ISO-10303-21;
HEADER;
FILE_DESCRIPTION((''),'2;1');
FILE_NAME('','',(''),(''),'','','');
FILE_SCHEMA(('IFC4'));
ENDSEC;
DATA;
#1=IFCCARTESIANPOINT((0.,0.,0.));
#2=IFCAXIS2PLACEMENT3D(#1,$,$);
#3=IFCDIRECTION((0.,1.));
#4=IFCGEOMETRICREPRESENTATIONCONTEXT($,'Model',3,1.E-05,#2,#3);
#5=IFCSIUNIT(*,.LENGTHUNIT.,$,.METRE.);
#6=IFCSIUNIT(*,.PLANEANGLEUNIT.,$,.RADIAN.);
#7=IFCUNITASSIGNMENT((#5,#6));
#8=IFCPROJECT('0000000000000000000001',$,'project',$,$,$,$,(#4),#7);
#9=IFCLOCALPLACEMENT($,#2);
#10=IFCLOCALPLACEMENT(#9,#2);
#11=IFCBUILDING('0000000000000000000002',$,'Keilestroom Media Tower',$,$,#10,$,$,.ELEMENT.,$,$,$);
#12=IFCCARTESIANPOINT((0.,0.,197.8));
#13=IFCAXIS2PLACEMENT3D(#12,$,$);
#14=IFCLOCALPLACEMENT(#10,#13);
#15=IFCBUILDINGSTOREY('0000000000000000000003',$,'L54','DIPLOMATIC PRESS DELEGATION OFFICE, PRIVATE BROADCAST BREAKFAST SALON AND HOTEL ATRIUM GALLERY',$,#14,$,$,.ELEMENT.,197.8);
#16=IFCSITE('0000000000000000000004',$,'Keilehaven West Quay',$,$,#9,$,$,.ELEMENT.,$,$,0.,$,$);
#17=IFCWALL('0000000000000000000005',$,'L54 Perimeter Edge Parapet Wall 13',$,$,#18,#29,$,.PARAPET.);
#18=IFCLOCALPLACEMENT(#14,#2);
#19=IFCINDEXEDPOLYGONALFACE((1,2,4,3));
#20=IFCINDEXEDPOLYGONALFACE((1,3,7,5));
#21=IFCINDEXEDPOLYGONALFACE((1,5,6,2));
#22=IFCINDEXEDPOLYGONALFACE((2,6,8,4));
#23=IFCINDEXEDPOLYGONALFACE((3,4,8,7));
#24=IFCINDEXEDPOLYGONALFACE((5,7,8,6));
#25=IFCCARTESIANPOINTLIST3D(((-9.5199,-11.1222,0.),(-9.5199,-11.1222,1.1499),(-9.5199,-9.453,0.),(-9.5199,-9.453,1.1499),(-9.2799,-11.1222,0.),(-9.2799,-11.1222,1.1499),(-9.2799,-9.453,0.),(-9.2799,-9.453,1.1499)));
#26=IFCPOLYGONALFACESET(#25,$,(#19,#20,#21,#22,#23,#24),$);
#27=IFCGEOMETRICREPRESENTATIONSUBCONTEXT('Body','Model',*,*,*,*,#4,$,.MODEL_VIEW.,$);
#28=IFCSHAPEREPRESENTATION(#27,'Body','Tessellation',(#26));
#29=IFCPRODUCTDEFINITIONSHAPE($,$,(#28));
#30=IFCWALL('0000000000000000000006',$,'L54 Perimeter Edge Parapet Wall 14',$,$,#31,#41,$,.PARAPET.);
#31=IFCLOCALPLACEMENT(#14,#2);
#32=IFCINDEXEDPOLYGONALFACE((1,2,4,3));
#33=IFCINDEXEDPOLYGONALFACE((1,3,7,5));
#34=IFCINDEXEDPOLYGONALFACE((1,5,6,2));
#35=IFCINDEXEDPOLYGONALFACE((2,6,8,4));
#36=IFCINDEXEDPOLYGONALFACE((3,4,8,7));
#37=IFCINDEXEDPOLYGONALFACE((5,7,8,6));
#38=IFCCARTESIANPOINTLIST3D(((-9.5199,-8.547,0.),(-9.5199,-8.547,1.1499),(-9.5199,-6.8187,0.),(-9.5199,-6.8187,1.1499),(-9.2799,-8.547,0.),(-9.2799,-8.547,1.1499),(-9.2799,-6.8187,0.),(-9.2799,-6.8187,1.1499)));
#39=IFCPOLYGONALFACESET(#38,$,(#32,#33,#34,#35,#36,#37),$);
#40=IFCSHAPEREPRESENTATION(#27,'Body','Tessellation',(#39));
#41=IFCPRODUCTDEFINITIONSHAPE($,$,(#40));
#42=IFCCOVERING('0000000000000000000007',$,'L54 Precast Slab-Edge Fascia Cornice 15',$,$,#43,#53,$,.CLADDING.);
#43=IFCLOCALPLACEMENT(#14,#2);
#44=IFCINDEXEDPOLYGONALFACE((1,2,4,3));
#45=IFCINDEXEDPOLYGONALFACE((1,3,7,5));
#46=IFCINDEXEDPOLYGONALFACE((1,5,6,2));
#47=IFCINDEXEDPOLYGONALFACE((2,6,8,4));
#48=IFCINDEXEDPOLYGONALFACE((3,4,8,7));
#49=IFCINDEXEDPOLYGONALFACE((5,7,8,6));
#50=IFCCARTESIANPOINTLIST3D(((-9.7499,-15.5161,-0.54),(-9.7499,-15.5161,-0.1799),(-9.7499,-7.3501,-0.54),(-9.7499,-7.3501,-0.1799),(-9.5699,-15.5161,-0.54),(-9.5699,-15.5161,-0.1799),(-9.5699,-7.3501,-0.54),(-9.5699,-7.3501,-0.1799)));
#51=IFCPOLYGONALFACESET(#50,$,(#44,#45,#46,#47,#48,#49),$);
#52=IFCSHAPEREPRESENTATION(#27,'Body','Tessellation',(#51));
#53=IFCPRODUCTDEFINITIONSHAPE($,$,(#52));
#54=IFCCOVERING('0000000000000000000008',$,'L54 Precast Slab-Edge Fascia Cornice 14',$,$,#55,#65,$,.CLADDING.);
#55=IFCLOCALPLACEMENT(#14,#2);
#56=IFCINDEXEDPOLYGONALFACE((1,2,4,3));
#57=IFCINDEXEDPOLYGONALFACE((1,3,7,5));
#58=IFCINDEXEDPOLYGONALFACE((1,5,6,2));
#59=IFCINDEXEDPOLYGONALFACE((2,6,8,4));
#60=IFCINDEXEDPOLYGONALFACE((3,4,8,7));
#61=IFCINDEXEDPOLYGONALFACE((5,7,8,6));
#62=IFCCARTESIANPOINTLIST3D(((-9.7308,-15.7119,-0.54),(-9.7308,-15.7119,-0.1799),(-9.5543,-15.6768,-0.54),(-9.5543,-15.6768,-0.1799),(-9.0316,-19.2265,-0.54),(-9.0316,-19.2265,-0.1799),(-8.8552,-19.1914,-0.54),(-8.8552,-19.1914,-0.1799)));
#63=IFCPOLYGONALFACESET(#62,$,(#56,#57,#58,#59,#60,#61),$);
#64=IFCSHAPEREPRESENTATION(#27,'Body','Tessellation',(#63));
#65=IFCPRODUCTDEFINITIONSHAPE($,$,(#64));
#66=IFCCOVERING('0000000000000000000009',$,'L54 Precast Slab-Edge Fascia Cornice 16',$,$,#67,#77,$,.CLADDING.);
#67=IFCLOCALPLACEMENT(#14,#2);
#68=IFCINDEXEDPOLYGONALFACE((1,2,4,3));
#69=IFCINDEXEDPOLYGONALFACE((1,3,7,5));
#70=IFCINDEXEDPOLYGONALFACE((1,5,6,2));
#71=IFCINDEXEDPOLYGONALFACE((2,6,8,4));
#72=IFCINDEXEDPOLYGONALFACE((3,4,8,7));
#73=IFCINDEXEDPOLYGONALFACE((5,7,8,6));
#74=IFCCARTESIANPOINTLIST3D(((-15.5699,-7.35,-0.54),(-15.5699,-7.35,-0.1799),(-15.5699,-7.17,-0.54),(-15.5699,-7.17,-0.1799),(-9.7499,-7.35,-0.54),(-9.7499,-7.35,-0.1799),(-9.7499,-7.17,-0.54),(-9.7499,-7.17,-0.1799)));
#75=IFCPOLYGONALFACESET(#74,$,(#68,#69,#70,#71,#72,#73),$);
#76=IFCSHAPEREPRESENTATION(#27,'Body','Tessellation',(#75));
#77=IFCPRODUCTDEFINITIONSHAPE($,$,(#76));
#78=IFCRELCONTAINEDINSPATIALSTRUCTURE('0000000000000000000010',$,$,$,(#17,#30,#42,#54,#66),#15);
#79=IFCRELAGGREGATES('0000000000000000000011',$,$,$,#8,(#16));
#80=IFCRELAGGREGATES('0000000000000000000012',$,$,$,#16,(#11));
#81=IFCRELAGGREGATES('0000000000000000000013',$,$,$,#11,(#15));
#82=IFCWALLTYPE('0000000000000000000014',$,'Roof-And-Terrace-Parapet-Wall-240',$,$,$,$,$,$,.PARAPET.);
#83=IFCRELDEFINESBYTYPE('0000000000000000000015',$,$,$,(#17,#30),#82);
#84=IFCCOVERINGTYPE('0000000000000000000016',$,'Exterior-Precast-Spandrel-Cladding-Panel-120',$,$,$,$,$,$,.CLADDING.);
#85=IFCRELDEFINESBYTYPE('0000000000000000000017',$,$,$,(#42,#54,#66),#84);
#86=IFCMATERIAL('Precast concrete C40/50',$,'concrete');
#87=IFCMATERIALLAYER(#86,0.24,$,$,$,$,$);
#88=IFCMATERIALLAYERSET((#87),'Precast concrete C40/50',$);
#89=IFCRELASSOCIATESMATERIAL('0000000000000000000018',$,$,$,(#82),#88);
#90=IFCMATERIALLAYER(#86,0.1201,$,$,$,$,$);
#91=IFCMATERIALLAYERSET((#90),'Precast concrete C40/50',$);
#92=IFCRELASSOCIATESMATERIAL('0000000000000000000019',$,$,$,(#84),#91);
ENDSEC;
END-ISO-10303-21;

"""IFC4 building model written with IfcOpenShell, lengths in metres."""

from ifc_helpers import new_model, si_unit, direction, frame, frame_2d, origin, origin_2d, place, context, subcontext, project, spatial, rectangle, extrude, source, transform, mapped, material, layer, layer_set, type_object, element, save


model = new_model("IFC4")

# Units and contexts
model_context = context("Model", 3, precision=1e-05, world=origin(), true_north=direction((0.0, 1.0)))
body_context = subcontext(model_context, "Body", "Model", "MODEL_VIEW")
ifc_project = project(units=[si_unit("LENGTHUNIT", "METRE"), si_unit("PLANEANGLEUNIT", "RADIAN")], contexts=[model_context])

# Site, building, storey
site_placement = place(None, origin())
site = spatial("IfcSite", under=ifc_project, at=site_placement, Name="Keilehaven West Quay", CompositionType="ELEMENT", RefElevation=0.0)
building_placement = place(site_placement, origin())
building = spatial("IfcBuilding", under=site, at=building_placement, Name="Keilestroom Media Tower", CompositionType="ELEMENT")
storey_placement = place(building_placement, frame((0.0, 0.0, 197.8)))
storey = spatial("IfcBuildingStorey", under=building, at=storey_placement, Name="L54", Description="DIPLOMATIC PRESS DELEGATION OFFICE, PRIVATE BROADCAST BREAKFAST SALON AND HOTEL ATRIUM GALLERY", CompositionType="ELEMENT", Elevation=197.8)

# Shared definitions
ifc_material_1 = material(Name="Precast concrete C40/50", Category="concrete")

# Walls
ifc_layer_1 = layer(ifc_material_1, 0.24)
ifc_layer_set_1 = layer_set([ifc_layer_1], Name="Precast concrete C40/50")
wall_type_1 = type_object("IfcWallType", Name="Roof-And-Terrace-Parapet-Wall-240", PredefinedType="PARAPET", material=ifc_layer_set_1)
wall_1_placement = place(storey_placement, frame((-9.3999, -11.1221, 0.0), z_axis=(0.0, 0.0, 1.0), x_axis=(0.0, 1.0, 0.0)))
element("IfcWall", 1, at=wall_1_placement, inside=storey, type_object=wall_type_1, Name="L54 Perimeter Edge Parapet Wall 13", PredefinedType="PARAPET", context=body_context, shape_type="SweptSolid", body=[
    extrude(rectangle(XDim=1.6692, YDim=0.24, at=frame_2d((0.8345, 0.0))), origin(), (0.0, 0.0, 1.0), 1.1499),
])
wall_2_placement = place(storey_placement, frame((-9.3999, -8.5471, 0.0), z_axis=(0.0, 0.0, 1.0), x_axis=(0.0, 1.0, 0.0)))
element("IfcWall", 2, at=wall_2_placement, inside=storey, type_object=wall_type_1, Name="L54 Perimeter Edge Parapet Wall 14", PredefinedType="PARAPET", context=body_context, shape_type="SweptSolid", body=[
    extrude(rectangle(XDim=1.7283, YDim=0.24, at=frame_2d((0.8643, 0.0))), origin(), (0.0, 0.0, 1.0), 1.1499),
])

# Coverings
ifc_layer_2 = layer(ifc_material_1, 0.1201)
ifc_layer_set_2 = layer_set([ifc_layer_2], Name="Precast concrete C40/50")
covering_type = type_object("IfcCoveringType", Name="Exterior-Precast-Spandrel-Cladding-Panel-120", PredefinedType="CLADDING", material=ifc_layer_set_2)
shared_shape_1 = source(origin(), body_context, "Body", "SweptSolid", [
    extrude(rectangle(XDim=8.166, YDim=0.1799, at=origin_2d()), origin(), (0.0, 0.0, 1.0), 0.3601),
])
covering_1_placement = place(storey_placement, frame((-9.6599, -11.4331, -0.54), z_axis=(0.0, 0.0, 1.0), x_axis=(0.0, 1.0, 0.0)))
element("IfcCovering", 3, at=covering_1_placement, inside=storey, type_object=covering_type, Name="L54 Precast Slab-Edge Fascia Cornice 15", PredefinedType="CLADDING", context=body_context, shape_type="MappedRepresentation", body=[
    mapped(shared_shape_1, transform((0.0, 0.0, 0.0), x_axis=(1.0, 0.0, 0.0), y_axis=(0.0, 1.0, 0.0), z_axis=(0.0, 0.0, 1.0), scale=1.0)),
])
shared_shape_2 = source(origin(), body_context, "Body", "SweptSolid", [
    extrude(rectangle(XDim=3.5835, YDim=0.1799, at=origin_2d()), origin(), (0.0, 0.0, 1.0), 0.3601),
])
covering_2_placement = place(storey_placement, frame((-9.293, -17.4517, -0.54), z_axis=(0.0, 0.0, 1.0), x_axis=(-0.195099, 0.980784, 0.0)))
element("IfcCovering", 4, at=covering_2_placement, inside=storey, type_object=covering_type, Name="L54 Precast Slab-Edge Fascia Cornice 14", PredefinedType="CLADDING", context=body_context, shape_type="MappedRepresentation", body=[
    mapped(shared_shape_2, transform((0.0, 0.0, 0.0), x_axis=(1.0, 0.0, 0.0), y_axis=(0.0, 1.0, 0.0), z_axis=(0.0, 0.0, 1.0), scale=1.0)),
])
shared_shape_3 = source(origin(), body_context, "Body", "SweptSolid", [
    extrude(rectangle(XDim=5.8201, YDim=0.1799, at=origin_2d()), origin(), (0.0, 0.0, 1.0), 0.3601),
])
covering_3_placement = place(storey_placement, frame((-12.6599, -7.26, -0.54), z_axis=(0.0, 0.0, 1.0), x_axis=(-1.0, 0.0, 0.0)))
element("IfcCovering", 5, at=covering_3_placement, inside=storey, type_object=covering_type, Name="L54 Precast Slab-Edge Fascia Cornice 16", PredefinedType="CLADDING", context=body_context, shape_type="MappedRepresentation", body=[
    mapped(shared_shape_3, transform((0.0, 0.0, 0.0), x_axis=(1.0, 0.0, 0.0), y_axis=(0.0, 1.0, 0.0), z_axis=(0.0, 0.0, 1.0), scale=1.0)),
])

save(model, "model.ifc")
